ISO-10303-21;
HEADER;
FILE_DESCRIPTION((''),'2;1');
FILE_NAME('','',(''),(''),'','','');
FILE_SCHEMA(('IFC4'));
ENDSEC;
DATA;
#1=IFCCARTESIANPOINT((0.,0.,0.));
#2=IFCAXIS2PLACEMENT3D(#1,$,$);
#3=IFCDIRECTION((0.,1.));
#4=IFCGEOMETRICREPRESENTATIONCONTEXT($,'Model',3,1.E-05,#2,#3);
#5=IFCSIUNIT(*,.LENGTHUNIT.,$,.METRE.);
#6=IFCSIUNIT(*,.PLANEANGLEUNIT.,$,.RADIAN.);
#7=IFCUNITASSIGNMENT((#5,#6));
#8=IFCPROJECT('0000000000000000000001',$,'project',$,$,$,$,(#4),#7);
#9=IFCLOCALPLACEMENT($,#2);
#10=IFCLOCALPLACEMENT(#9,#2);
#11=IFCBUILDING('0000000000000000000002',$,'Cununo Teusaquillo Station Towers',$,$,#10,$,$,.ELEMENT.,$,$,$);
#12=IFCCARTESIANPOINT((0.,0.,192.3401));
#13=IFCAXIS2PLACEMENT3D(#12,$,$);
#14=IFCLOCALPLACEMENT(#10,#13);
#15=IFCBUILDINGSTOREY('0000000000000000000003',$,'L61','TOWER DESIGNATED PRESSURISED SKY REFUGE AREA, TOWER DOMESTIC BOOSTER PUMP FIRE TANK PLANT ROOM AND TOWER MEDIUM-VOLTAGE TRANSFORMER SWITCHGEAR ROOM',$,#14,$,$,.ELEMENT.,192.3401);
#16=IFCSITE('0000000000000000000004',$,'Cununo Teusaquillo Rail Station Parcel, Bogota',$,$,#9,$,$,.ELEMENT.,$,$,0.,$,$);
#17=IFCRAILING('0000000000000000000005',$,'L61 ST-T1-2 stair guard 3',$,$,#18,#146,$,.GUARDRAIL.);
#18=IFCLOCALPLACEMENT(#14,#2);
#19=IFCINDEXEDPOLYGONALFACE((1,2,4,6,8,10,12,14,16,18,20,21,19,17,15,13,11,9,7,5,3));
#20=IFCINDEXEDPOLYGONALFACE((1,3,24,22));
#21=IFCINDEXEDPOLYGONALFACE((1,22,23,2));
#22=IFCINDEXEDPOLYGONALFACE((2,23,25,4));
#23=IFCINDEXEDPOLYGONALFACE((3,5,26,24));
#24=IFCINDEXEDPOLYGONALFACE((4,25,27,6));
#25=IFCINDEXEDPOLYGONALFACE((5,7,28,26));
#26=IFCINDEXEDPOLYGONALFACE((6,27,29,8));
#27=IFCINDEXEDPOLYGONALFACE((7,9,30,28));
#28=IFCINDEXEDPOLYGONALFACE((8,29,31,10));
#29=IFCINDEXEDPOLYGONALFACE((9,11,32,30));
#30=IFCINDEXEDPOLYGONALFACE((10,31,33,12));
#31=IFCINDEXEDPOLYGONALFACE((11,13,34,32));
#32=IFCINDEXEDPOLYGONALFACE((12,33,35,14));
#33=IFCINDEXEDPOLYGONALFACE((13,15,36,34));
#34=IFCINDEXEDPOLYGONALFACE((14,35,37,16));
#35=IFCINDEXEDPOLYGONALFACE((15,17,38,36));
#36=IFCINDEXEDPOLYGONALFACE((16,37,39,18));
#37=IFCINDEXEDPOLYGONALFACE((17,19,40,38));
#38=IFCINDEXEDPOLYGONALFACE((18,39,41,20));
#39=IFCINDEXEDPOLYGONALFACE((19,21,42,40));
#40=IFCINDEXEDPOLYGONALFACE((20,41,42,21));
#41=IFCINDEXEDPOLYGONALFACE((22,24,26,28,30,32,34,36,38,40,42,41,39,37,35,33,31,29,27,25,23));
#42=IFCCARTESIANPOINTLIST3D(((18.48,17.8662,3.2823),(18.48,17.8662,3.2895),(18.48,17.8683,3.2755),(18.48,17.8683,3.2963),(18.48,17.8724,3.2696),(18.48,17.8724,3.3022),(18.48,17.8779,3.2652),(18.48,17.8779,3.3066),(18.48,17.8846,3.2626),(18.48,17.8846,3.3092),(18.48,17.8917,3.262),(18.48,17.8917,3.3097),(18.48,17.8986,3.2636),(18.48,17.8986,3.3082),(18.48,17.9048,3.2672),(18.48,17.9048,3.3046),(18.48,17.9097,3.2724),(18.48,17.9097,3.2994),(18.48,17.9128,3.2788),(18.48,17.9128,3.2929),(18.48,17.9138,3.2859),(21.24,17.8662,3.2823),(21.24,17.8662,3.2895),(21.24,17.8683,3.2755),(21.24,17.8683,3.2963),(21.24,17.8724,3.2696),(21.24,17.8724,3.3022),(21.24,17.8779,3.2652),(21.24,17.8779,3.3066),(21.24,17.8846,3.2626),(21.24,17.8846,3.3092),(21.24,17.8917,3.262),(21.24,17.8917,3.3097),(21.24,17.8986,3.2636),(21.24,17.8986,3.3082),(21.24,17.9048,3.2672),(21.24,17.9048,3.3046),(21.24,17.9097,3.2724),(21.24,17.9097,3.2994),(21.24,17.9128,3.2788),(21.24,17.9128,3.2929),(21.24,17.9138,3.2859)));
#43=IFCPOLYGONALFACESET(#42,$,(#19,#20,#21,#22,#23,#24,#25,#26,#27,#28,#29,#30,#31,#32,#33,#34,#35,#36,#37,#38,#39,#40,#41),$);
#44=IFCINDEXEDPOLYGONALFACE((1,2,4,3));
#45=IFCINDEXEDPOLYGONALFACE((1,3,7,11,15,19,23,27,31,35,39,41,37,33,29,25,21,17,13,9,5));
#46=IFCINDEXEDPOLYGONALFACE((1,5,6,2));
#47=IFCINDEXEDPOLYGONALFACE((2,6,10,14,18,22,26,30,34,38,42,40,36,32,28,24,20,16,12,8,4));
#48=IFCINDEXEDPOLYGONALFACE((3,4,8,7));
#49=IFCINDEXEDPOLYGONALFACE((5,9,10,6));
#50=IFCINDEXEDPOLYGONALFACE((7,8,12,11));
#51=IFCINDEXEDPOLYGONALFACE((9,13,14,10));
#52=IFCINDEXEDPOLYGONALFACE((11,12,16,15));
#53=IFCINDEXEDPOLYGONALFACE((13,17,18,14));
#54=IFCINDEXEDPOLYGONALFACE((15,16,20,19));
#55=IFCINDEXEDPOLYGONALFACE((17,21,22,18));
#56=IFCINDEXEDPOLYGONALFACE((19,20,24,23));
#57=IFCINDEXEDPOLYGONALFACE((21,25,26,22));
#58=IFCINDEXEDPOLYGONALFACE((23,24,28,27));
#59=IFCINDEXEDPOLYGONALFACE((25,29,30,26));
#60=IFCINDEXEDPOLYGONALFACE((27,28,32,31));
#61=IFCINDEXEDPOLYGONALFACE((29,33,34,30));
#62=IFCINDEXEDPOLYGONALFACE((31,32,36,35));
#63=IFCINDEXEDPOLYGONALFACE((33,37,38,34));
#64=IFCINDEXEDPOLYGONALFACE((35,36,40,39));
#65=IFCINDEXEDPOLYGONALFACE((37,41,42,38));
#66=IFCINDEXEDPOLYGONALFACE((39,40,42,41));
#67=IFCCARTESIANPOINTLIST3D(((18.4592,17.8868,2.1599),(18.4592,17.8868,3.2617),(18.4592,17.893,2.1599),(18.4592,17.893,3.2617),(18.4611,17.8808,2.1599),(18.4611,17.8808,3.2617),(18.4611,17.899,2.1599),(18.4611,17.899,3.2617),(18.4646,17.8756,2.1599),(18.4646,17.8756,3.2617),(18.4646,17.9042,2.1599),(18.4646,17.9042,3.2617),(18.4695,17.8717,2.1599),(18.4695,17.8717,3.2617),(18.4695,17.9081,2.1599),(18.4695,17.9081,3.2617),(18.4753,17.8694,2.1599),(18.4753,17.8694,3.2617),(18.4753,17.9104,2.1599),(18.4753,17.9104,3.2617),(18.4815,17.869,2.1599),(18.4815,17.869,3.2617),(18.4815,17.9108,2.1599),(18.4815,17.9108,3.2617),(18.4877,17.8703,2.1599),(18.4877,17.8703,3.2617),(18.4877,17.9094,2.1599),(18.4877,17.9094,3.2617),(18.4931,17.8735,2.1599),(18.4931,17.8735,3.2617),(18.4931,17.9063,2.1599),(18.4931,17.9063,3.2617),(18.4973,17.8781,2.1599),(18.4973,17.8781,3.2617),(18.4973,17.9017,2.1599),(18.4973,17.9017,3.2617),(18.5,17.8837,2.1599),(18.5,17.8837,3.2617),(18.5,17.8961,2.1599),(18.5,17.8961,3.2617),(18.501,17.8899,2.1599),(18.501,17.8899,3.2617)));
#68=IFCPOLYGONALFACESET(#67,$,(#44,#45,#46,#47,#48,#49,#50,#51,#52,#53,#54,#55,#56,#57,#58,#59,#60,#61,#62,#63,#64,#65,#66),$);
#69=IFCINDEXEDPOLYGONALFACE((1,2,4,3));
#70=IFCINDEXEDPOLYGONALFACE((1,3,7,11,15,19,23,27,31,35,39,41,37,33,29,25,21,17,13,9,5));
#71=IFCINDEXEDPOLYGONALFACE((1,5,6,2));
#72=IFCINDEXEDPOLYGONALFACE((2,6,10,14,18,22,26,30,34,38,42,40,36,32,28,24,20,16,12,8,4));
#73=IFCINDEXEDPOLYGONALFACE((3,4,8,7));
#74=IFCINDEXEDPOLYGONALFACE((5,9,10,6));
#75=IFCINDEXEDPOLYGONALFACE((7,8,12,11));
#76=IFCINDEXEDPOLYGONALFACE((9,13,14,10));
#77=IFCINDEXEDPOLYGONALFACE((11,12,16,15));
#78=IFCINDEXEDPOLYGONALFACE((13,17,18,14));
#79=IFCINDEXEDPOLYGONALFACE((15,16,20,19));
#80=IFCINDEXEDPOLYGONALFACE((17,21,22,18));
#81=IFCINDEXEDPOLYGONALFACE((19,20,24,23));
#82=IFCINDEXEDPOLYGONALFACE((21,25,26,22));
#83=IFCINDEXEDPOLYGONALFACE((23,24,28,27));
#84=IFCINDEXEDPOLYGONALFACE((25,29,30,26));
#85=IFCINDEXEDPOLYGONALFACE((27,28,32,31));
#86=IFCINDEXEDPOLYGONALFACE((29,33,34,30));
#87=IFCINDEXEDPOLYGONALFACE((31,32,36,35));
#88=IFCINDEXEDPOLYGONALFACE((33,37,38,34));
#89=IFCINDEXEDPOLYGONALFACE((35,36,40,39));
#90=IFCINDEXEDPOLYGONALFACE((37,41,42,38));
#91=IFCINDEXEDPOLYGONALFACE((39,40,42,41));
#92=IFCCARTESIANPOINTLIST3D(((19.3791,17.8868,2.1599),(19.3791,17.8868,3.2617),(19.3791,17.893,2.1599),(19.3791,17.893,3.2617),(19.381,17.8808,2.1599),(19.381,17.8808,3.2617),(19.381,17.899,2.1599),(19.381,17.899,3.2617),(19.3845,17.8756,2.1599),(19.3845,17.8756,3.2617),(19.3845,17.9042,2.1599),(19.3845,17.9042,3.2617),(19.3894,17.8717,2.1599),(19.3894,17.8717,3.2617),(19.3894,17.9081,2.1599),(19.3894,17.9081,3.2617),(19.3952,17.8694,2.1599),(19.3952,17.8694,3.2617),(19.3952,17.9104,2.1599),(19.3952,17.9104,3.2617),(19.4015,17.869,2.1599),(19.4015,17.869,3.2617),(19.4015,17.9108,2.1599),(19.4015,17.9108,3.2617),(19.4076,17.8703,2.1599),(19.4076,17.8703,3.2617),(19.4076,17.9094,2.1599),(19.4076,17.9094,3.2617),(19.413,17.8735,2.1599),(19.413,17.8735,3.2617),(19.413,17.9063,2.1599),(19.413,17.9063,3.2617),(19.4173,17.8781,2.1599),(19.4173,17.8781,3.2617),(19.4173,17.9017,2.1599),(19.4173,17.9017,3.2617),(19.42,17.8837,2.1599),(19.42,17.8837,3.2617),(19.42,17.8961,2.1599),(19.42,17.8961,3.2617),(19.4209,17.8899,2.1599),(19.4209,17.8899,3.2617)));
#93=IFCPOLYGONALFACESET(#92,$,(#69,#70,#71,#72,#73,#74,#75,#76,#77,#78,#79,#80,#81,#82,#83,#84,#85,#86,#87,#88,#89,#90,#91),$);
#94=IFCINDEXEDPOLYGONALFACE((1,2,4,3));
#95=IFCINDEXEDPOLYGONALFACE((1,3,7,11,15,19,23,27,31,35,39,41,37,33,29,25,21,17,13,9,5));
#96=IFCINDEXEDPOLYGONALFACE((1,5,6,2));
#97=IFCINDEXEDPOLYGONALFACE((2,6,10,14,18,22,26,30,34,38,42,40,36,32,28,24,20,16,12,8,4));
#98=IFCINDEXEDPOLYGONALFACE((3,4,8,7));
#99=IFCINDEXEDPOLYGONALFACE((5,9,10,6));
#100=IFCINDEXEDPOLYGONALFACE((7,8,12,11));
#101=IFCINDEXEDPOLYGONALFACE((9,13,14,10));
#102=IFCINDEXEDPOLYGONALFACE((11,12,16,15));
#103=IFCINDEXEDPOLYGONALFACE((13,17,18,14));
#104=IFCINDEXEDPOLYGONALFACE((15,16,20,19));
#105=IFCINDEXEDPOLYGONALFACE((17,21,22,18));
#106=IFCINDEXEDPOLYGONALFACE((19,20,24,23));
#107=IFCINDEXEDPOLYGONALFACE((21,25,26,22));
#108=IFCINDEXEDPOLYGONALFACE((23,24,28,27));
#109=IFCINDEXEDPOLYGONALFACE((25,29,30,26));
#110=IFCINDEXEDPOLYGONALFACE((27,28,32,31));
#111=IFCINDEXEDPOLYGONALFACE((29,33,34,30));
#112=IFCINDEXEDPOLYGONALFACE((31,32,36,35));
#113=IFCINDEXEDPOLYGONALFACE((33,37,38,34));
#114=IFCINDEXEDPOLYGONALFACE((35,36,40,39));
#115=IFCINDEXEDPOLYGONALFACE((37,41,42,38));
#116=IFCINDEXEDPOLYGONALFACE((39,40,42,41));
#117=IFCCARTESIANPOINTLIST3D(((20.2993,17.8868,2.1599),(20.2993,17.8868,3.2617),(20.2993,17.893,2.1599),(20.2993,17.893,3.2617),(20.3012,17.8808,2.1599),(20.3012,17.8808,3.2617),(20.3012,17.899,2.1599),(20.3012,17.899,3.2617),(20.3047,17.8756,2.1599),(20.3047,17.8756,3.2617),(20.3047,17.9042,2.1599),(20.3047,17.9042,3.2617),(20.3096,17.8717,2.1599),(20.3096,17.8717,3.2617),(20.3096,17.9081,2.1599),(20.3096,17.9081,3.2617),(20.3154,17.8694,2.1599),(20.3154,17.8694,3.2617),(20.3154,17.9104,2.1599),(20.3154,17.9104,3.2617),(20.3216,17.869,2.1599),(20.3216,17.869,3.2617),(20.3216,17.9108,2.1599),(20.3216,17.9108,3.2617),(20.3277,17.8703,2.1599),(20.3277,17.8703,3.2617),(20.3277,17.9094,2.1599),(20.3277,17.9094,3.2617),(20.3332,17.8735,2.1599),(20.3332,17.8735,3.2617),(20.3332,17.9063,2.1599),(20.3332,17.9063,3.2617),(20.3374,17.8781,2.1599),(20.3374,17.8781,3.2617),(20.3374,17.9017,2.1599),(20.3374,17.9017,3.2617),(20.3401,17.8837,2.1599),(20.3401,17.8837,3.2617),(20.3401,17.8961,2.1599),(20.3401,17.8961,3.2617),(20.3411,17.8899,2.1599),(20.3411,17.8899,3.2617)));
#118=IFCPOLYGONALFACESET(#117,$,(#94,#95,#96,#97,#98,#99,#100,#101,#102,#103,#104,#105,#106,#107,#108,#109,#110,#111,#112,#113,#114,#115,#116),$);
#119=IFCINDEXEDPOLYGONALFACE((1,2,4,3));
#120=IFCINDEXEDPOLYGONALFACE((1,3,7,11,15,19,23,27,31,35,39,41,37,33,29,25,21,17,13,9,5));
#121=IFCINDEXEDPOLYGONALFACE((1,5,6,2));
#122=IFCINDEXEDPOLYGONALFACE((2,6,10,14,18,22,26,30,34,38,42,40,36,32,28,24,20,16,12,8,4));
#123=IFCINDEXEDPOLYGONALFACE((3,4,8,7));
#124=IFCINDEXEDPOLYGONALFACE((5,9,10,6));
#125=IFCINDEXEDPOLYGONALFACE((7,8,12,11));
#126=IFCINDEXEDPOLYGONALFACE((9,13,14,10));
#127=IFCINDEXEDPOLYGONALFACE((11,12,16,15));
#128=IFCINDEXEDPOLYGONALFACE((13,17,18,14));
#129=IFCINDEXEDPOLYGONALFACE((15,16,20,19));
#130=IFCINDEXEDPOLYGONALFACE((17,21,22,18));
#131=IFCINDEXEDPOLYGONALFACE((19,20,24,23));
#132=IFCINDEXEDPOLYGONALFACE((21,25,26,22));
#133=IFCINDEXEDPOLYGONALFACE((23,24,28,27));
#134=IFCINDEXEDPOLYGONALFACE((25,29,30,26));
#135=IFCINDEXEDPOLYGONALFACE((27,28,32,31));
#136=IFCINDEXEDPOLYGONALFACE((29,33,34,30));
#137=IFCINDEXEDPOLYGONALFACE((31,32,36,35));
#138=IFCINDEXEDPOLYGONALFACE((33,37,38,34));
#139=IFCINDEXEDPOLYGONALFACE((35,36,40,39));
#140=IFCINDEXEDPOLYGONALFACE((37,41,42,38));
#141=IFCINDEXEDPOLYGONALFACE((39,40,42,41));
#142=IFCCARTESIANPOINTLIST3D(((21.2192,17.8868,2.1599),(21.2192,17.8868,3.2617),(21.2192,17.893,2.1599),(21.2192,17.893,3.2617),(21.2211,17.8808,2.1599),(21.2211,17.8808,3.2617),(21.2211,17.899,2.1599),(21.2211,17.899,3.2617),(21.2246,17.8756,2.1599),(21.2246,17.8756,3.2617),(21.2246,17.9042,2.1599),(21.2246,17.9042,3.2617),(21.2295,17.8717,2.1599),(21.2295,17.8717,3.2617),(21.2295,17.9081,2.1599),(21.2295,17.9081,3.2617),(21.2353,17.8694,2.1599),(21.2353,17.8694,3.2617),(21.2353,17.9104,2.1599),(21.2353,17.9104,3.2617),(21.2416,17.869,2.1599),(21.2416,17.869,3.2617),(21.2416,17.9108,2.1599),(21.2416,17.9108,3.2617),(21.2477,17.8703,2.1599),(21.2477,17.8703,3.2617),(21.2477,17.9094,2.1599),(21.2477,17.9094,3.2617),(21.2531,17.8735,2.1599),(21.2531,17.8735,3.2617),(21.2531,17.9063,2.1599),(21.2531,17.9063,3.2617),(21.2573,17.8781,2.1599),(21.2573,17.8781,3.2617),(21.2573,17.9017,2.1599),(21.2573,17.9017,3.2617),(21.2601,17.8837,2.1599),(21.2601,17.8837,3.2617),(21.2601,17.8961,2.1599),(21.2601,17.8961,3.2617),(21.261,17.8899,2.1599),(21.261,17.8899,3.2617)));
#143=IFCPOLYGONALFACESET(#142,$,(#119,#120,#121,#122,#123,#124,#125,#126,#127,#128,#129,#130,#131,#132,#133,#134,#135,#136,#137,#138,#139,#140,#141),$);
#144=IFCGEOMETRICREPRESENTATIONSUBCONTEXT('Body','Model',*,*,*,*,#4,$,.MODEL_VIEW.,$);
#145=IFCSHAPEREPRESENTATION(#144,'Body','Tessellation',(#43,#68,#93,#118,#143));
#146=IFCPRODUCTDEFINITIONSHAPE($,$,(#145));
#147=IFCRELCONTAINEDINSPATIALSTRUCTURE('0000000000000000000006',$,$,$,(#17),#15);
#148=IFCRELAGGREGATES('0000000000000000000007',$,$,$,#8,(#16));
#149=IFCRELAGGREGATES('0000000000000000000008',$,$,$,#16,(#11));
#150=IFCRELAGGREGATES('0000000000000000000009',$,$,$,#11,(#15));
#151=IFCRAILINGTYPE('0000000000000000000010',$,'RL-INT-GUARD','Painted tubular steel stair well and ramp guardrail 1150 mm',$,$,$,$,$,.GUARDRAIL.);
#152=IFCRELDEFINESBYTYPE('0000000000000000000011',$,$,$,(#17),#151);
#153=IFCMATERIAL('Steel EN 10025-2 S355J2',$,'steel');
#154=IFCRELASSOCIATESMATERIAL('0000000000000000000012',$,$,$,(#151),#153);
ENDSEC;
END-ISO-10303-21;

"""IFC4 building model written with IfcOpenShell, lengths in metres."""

from ifc_helpers import new_model, si_unit, direction, frame, origin, origin_2d, place, context, subcontext, project, spatial, circle, extrude, material, type_object, element, save


model = new_model("IFC4")

# Units and contexts
model_context = context("Model", 3, precision=1e-05, world=origin(), true_north=direction((0.0, 1.0)))
body_context = subcontext(model_context, "Body", "Model", "MODEL_VIEW")
ifc_project = project(units=[si_unit("LENGTHUNIT", "METRE"), si_unit("PLANEANGLEUNIT", "RADIAN")], contexts=[model_context])

# Site, building, storey
site_placement = place(None, origin())
site = spatial("IfcSite", under=ifc_project, at=site_placement, Name="Cununo Teusaquillo Rail Station Parcel, Bogota", CompositionType="ELEMENT", RefElevation=0.0)
building_placement = place(site_placement, origin())
building = spatial("IfcBuilding", under=site, at=building_placement, Name="Cununo Teusaquillo Station Towers", CompositionType="ELEMENT")
storey_placement = place(building_placement, frame((0.0, 0.0, 192.3401)))
storey = spatial("IfcBuildingStorey", under=building, at=storey_placement, Name="L61", Description="TOWER DESIGNATED PRESSURISED SKY REFUGE AREA, TOWER DOMESTIC BOOSTER PUMP FIRE TANK PLANT ROOM AND TOWER MEDIUM-VOLTAGE TRANSFORMER SWITCHGEAR ROOM", CompositionType="ELEMENT", Elevation=192.3401)

# Railing
ifc_material_1 = material(Name="Steel EN 10025-2 S355J2", Category="steel")
railing_type_1 = type_object("IfcRailingType", Name="RL-INT-GUARD", Description="Painted tubular steel stair well and ramp guardrail 1150 mm", PredefinedType="GUARDRAIL", material=ifc_material_1)
railing_1_placement = place(storey_placement, frame((18.48, 17.8899, 2.1599)))
element("IfcRailing", 1, at=railing_1_placement, inside=storey, type_object=railing_type_1, Name="L61 ST-T1-2 stair guard 3", PredefinedType="GUARDRAIL", context=body_context, shape_type="SweptSolid", body=[
    extrude(circle(Radius=0.0239, at=origin_2d()), frame((0.0, 0.0, 1.126), z_axis=(1.0, 0.0, 0.0), x_axis=(0.0, 1.0, 0.0)), (0.0, 0.0, 1.0), 2.76),
    extrude(circle(Radius=0.021, at=origin_2d()), origin(), (0.0, 0.0, 1.0), 1.1018),
    extrude(circle(Radius=0.021, at=origin_2d()), frame((0.9199, 0.0, 0.0)), (0.0, 0.0, 1.0), 1.1018),
    extrude(circle(Radius=0.021, at=origin_2d()), frame((1.8401, 0.0, 0.0)), (0.0, 0.0, 1.0), 1.1018),
    extrude(circle(Radius=0.021, at=origin_2d()), frame((2.76, 0.0, 0.0)), (0.0, 0.0, 1.0), 1.1018),
])

save(model, "model.ifc")
